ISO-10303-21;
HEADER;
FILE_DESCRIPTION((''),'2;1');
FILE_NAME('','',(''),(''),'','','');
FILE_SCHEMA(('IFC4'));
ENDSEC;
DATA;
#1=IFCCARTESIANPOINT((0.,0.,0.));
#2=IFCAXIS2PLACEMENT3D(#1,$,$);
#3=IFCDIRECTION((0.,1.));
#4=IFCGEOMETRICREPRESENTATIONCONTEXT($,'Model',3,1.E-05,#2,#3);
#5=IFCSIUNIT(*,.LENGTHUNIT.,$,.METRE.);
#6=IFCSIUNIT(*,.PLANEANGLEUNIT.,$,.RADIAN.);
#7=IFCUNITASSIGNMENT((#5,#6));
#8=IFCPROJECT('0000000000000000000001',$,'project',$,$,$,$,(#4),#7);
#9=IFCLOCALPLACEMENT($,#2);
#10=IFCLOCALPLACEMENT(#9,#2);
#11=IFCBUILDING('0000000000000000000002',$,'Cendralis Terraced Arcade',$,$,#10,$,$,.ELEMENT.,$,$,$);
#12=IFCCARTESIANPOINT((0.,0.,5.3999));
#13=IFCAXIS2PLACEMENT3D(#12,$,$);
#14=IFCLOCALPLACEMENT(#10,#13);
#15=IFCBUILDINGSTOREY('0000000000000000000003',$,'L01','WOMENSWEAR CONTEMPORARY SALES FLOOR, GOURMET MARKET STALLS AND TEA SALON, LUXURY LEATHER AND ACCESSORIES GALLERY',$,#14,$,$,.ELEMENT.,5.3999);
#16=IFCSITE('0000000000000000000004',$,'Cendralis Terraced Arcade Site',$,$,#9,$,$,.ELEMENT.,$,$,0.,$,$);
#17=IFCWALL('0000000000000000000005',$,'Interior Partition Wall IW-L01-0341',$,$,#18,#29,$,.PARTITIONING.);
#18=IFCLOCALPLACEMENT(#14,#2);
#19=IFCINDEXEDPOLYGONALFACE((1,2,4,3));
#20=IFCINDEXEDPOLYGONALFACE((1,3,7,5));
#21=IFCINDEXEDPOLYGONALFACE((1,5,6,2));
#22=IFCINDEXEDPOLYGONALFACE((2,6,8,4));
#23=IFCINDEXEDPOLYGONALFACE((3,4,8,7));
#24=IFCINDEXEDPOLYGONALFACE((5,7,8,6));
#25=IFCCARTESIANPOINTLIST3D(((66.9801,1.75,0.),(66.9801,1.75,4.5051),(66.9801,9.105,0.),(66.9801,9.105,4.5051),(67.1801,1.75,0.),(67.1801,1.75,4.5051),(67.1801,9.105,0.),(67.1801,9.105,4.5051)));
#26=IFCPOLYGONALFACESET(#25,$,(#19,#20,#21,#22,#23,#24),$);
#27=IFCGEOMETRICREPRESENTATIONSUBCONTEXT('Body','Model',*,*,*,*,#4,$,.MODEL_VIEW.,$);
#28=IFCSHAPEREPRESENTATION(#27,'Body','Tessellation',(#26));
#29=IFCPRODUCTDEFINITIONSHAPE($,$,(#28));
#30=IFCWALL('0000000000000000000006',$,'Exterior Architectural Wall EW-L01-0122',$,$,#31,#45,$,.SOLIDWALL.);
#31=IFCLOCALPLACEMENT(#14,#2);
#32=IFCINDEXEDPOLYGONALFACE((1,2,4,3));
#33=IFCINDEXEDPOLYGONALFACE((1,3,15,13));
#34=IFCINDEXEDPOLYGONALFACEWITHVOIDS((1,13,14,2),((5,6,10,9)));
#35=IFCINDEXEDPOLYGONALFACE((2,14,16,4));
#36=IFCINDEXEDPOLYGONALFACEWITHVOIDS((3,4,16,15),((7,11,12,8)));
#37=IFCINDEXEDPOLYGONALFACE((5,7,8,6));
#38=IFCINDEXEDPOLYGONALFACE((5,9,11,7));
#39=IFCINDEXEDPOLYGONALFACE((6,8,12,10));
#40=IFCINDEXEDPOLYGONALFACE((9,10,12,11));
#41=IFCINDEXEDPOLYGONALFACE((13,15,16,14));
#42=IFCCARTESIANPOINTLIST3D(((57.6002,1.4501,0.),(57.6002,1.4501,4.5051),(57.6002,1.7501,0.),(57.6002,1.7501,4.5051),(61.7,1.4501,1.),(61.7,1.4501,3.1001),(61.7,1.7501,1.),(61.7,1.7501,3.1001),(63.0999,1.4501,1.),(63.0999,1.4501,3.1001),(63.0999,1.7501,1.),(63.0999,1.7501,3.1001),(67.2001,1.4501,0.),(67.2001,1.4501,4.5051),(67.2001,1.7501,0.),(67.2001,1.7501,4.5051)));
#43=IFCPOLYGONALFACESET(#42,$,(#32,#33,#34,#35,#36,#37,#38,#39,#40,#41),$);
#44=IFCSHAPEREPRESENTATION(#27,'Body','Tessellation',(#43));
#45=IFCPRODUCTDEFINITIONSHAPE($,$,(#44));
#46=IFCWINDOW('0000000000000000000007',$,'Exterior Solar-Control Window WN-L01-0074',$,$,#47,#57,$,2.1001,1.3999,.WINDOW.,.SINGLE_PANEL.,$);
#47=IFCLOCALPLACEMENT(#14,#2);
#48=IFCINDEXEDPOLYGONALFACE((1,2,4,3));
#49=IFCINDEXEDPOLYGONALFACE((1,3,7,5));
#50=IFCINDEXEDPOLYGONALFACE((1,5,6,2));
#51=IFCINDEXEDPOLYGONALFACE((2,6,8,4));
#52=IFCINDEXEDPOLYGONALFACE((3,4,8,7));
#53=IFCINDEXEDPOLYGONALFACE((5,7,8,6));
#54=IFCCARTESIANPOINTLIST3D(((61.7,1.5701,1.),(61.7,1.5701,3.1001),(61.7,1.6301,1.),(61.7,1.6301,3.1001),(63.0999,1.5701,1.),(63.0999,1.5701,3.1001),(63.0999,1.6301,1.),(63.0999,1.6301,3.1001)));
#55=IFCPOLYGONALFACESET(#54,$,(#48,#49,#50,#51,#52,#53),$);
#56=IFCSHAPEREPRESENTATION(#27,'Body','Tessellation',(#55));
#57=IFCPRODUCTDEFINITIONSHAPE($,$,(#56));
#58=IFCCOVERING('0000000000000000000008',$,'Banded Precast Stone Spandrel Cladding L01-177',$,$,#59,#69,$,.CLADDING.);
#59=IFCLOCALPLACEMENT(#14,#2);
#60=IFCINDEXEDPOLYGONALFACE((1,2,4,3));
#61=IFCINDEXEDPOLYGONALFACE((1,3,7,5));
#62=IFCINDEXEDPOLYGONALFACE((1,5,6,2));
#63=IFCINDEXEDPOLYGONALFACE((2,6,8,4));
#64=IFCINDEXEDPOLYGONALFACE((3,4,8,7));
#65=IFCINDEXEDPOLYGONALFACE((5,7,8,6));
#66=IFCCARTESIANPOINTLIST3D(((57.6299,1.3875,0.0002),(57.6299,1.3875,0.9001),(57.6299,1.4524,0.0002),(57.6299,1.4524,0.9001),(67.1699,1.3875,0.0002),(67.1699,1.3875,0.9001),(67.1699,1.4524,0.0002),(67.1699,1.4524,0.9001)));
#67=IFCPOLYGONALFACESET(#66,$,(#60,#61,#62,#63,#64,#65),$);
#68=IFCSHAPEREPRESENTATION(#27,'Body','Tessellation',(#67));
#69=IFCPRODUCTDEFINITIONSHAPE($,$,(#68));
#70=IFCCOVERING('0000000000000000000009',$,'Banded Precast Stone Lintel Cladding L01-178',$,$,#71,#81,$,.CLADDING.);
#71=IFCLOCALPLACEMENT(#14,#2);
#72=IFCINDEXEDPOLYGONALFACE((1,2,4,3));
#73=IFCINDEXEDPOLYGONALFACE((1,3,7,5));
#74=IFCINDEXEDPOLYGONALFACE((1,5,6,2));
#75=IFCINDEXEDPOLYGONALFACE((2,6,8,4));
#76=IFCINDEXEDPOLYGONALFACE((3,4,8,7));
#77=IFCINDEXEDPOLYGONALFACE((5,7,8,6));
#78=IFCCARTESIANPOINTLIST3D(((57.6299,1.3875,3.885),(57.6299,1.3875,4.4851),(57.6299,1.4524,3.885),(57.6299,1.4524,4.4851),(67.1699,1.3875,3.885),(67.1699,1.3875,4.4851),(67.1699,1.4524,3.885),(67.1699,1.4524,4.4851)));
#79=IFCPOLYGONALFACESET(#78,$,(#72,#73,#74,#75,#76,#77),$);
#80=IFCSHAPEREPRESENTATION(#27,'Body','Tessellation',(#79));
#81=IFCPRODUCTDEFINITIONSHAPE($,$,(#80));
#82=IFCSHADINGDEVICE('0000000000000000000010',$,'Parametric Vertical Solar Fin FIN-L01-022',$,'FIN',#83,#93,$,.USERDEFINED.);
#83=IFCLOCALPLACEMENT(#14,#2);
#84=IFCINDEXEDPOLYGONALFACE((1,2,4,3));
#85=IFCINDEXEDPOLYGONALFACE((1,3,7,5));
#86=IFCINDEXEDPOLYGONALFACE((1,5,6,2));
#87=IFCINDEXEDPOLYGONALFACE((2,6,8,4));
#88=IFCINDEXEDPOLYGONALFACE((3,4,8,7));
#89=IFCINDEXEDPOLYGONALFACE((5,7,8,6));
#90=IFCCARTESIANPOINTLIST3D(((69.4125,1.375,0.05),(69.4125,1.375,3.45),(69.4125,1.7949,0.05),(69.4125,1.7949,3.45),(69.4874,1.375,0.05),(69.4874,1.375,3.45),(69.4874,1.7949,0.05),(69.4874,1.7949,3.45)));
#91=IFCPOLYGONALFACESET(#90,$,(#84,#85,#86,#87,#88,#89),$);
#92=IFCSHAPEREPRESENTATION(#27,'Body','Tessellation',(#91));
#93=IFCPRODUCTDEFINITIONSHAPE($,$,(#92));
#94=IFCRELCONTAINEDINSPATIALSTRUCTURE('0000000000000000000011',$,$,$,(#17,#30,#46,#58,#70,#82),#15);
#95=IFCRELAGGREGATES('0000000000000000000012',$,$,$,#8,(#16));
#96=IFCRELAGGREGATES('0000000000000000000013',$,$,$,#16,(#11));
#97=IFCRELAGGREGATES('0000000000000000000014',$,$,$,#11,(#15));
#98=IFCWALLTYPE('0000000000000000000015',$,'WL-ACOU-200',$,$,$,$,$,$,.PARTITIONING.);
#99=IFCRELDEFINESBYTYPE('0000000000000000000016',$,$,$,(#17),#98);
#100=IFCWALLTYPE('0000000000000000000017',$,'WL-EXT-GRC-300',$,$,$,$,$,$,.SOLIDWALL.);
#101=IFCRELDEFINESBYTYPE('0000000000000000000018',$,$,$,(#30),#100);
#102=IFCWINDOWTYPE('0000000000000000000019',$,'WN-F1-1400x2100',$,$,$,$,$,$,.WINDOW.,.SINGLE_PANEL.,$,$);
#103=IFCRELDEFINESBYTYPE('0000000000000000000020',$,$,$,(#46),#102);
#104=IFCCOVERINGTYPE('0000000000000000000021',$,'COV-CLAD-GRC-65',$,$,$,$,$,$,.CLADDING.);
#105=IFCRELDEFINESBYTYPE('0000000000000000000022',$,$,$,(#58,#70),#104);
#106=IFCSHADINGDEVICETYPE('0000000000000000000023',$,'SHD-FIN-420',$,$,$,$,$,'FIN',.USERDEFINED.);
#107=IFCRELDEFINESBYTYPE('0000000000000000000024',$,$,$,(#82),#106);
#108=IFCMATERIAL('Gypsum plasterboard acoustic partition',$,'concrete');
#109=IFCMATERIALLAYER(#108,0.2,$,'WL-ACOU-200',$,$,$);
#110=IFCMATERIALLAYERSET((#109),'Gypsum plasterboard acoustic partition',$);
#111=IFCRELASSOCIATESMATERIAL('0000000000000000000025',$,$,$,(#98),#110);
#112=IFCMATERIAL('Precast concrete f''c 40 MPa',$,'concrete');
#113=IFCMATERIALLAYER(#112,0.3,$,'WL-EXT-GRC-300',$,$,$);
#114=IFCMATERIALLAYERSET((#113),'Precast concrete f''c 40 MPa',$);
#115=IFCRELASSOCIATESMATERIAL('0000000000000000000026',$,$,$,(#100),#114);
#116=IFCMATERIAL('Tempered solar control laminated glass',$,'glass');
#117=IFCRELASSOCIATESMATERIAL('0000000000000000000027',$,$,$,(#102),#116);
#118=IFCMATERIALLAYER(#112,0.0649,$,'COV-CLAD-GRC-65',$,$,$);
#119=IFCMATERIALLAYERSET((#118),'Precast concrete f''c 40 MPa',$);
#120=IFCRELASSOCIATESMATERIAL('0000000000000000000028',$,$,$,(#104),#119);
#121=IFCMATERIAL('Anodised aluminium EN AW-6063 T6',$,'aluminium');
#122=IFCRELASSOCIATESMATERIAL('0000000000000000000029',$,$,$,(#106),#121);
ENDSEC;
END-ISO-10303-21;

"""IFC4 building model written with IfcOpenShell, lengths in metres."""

from ifc_helpers import new_model, si_unit, direction, frame, frame_2d, origin, origin_2d, place, context, subcontext, project, spatial, rectangle, extrude, material, layer, layer_set, type_object, element, fill, save


model = new_model("IFC4")

# Units and contexts
model_context = context("Model", 3, precision=1e-05, world=origin(), true_north=direction((0.0, 1.0)))
body_context = subcontext(model_context, "Body", "Model", "MODEL_VIEW")
ifc_project = project(units=[si_unit("LENGTHUNIT", "METRE"), si_unit("PLANEANGLEUNIT", "RADIAN")], contexts=[model_context])

# Site, building, storey
site_placement = place(None, origin())
site = spatial("IfcSite", under=ifc_project, at=site_placement, Name="Cendralis Terraced Arcade Site", CompositionType="ELEMENT", RefElevation=0.0)
building_placement = place(site_placement, origin())
building = spatial("IfcBuilding", under=site, at=building_placement, Name="Cendralis Terraced Arcade", CompositionType="ELEMENT")
storey_placement = place(building_placement, frame((0.0, 0.0, 5.3999)))
storey = spatial("IfcBuildingStorey", under=building, at=storey_placement, Name="L01", Description="WOMENSWEAR CONTEMPORARY SALES FLOOR, GOURMET MARKET STALLS AND TEA SALON, LUXURY LEATHER AND ACCESSORIES GALLERY", CompositionType="ELEMENT", Elevation=5.3999)

# Shared definitions
ifc_material_1 = material(Name="Anodised aluminium EN AW-6063 T6", Category="aluminium")

# Shared definitions
ifc_material_2 = material(Name="Tempered solar control laminated glass", Category="glass")

# Wall
ifc_material_3 = material(Name="Gypsum plasterboard acoustic partition", Category="concrete")
ifc_layer_1 = layer(ifc_material_3, 0.2, Name="WL-ACOU-200")
ifc_layer_set_1 = layer_set([ifc_layer_1], Name="Gypsum plasterboard acoustic partition")
wall_type_1 = type_object("IfcWallType", Name="WL-ACOU-200", PredefinedType="PARTITIONING", material=ifc_layer_set_1)
wall_1_placement = place(storey_placement, frame((67.0801, 9.105, 0.0), z_axis=(0.0, 0.0, 1.0), x_axis=(0.0, -1.0, 0.0)))
element("IfcWall", 1, at=wall_1_placement, inside=storey, type_object=wall_type_1, Name="Interior Partition Wall IW-L01-0341", PredefinedType="PARTITIONING", context=body_context, shape_type="SweptSolid", body=[
    extrude(rectangle(XDim=7.355, YDim=0.2, at=frame_2d((3.6775, 0.0))), origin(), (0.0, 0.0, 1.0), 4.5051),
])

# Wall, opening, window
ifc_material_4 = material(Name="Precast concrete f'c 40 MPa", Category="concrete")
ifc_layer_2 = layer(ifc_material_4, 0.3, Name="WL-EXT-GRC-300")
ifc_layer_set_2 = layer_set([ifc_layer_2], Name="Precast concrete f'c 40 MPa")
wall_type_2 = type_object("IfcWallType", Name="WL-EXT-GRC-300", PredefinedType="SOLIDWALL", material=ifc_layer_set_2)
wall_2_placement = place(storey_placement, frame((67.2, 1.6001, 0.0), z_axis=(0.0, 0.0, 1.0), x_axis=(-1.0, 0.0, 0.0)))
wall_2 = element("IfcWall", 2, at=wall_2_placement, inside=storey, type_object=wall_type_2, Name="Exterior Architectural Wall EW-L01-0122", PredefinedType="SOLIDWALL", context=body_context, shape_type="SweptSolid", body=[
    extrude(rectangle(XDim=9.5999, YDim=0.3, at=frame_2d((4.7998, 0.0))), origin(), (0.0, 0.0, 1.0), 4.5051),
])
opening_placement = place(wall_2_placement, frame((4.1001, 0.0, 1.0)))
opening = element("IfcOpeningElement", 3, at=opening_placement, cuts=wall_2, PredefinedType="OPENING", context=body_context, shape_type="SweptSolid", body=[
    extrude(rectangle(XDim=1.3999, YDim=2.1001, at=frame_2d((0.7, 1.05))), frame((0.0, 0.1621, 0.0), z_axis=(0.0, -1.0, 0.0), x_axis=(1.0, 0.0, 0.0)), (0.0, 0.0, 1.0), 0.324),
])
window_type = type_object("IfcWindowType", Name="WN-F1-1400x2100", PartitioningType="SINGLE_PANEL", PredefinedType="WINDOW", material=ifc_material_2)
window_placement = place(opening_placement, origin())
window = element("IfcWindow", 4, at=window_placement, inside=storey, type_object=window_type, Name="Exterior Solar-Control Window WN-L01-0074", OverallHeight=2.1001, OverallWidth=1.3999, PartitioningType="SINGLE_PANEL", PredefinedType="WINDOW", context=body_context, shape_type="SweptSolid", body=[
    extrude(rectangle(XDim=1.3999, YDim=2.1001, at=frame_2d((0.7, 1.05))), frame((0.0, 0.03, 0.0), z_axis=(0.0, -1.0, 0.0), x_axis=(1.0, 0.0, 0.0)), (0.0, 0.0, 1.0), 0.0601),
])
fill(opening, window)

# Coverings
ifc_layer_3 = layer(ifc_material_4, 0.0649, Name="COV-CLAD-GRC-65")
ifc_layer_set_3 = layer_set([ifc_layer_3], Name="Precast concrete f'c 40 MPa")
covering_type = type_object("IfcCoveringType", Name="COV-CLAD-GRC-65", PredefinedType="CLADDING", material=ifc_layer_set_3)
covering_1_placement = place(storey_placement, frame((62.3999, 1.4199, 0.0002), z_axis=(0.0, 0.0, 1.0), x_axis=(-1.0, 0.0, 0.0)))
element("IfcCovering", 5, at=covering_1_placement, inside=storey, type_object=covering_type, Name="Banded Precast Stone Spandrel Cladding L01-177", PredefinedType="CLADDING", context=body_context, shape_type="SweptSolid", body=[
    extrude(rectangle(XDim=9.54, YDim=0.0649, at=origin_2d()), origin(), (0.0, 0.0, 1.0), 0.8999),
])
covering_2_placement = place(storey_placement, frame((62.3999, 1.4199, 3.885), z_axis=(0.0, 0.0, 1.0), x_axis=(-1.0, 0.0, 0.0)))
element("IfcCovering", 6, at=covering_2_placement, inside=storey, type_object=covering_type, Name="Banded Precast Stone Lintel Cladding L01-178", PredefinedType="CLADDING", context=body_context, shape_type="SweptSolid", body=[
    extrude(rectangle(XDim=9.54, YDim=0.0649, at=origin_2d()), origin(), (0.0, 0.0, 1.0), 0.6001),
])

# Shading device
shading_device_type = type_object("IfcShadingDeviceType", Name="SHD-FIN-420", ElementType="FIN", PredefinedType="USERDEFINED", material=ifc_material_1)
shading_device_placement = place(storey_placement, frame((69.45, 1.585, 0.05), z_axis=(0.0, 0.0, 1.0), x_axis=(-1.0, 0.0, 0.0)))
element("IfcShadingDevice", 7, at=shading_device_placement, inside=storey, type_object=shading_device_type, Name="Parametric Vertical Solar Fin FIN-L01-022", ObjectType="FIN", PredefinedType="USERDEFINED", context=body_context, shape_type="SweptSolid", body=[
    extrude(rectangle(XDim=0.075, YDim=0.4199, at=origin_2d()), origin(), (0.0, 0.0, 1.0), 3.3999),
])

save(model, "model.ifc")
